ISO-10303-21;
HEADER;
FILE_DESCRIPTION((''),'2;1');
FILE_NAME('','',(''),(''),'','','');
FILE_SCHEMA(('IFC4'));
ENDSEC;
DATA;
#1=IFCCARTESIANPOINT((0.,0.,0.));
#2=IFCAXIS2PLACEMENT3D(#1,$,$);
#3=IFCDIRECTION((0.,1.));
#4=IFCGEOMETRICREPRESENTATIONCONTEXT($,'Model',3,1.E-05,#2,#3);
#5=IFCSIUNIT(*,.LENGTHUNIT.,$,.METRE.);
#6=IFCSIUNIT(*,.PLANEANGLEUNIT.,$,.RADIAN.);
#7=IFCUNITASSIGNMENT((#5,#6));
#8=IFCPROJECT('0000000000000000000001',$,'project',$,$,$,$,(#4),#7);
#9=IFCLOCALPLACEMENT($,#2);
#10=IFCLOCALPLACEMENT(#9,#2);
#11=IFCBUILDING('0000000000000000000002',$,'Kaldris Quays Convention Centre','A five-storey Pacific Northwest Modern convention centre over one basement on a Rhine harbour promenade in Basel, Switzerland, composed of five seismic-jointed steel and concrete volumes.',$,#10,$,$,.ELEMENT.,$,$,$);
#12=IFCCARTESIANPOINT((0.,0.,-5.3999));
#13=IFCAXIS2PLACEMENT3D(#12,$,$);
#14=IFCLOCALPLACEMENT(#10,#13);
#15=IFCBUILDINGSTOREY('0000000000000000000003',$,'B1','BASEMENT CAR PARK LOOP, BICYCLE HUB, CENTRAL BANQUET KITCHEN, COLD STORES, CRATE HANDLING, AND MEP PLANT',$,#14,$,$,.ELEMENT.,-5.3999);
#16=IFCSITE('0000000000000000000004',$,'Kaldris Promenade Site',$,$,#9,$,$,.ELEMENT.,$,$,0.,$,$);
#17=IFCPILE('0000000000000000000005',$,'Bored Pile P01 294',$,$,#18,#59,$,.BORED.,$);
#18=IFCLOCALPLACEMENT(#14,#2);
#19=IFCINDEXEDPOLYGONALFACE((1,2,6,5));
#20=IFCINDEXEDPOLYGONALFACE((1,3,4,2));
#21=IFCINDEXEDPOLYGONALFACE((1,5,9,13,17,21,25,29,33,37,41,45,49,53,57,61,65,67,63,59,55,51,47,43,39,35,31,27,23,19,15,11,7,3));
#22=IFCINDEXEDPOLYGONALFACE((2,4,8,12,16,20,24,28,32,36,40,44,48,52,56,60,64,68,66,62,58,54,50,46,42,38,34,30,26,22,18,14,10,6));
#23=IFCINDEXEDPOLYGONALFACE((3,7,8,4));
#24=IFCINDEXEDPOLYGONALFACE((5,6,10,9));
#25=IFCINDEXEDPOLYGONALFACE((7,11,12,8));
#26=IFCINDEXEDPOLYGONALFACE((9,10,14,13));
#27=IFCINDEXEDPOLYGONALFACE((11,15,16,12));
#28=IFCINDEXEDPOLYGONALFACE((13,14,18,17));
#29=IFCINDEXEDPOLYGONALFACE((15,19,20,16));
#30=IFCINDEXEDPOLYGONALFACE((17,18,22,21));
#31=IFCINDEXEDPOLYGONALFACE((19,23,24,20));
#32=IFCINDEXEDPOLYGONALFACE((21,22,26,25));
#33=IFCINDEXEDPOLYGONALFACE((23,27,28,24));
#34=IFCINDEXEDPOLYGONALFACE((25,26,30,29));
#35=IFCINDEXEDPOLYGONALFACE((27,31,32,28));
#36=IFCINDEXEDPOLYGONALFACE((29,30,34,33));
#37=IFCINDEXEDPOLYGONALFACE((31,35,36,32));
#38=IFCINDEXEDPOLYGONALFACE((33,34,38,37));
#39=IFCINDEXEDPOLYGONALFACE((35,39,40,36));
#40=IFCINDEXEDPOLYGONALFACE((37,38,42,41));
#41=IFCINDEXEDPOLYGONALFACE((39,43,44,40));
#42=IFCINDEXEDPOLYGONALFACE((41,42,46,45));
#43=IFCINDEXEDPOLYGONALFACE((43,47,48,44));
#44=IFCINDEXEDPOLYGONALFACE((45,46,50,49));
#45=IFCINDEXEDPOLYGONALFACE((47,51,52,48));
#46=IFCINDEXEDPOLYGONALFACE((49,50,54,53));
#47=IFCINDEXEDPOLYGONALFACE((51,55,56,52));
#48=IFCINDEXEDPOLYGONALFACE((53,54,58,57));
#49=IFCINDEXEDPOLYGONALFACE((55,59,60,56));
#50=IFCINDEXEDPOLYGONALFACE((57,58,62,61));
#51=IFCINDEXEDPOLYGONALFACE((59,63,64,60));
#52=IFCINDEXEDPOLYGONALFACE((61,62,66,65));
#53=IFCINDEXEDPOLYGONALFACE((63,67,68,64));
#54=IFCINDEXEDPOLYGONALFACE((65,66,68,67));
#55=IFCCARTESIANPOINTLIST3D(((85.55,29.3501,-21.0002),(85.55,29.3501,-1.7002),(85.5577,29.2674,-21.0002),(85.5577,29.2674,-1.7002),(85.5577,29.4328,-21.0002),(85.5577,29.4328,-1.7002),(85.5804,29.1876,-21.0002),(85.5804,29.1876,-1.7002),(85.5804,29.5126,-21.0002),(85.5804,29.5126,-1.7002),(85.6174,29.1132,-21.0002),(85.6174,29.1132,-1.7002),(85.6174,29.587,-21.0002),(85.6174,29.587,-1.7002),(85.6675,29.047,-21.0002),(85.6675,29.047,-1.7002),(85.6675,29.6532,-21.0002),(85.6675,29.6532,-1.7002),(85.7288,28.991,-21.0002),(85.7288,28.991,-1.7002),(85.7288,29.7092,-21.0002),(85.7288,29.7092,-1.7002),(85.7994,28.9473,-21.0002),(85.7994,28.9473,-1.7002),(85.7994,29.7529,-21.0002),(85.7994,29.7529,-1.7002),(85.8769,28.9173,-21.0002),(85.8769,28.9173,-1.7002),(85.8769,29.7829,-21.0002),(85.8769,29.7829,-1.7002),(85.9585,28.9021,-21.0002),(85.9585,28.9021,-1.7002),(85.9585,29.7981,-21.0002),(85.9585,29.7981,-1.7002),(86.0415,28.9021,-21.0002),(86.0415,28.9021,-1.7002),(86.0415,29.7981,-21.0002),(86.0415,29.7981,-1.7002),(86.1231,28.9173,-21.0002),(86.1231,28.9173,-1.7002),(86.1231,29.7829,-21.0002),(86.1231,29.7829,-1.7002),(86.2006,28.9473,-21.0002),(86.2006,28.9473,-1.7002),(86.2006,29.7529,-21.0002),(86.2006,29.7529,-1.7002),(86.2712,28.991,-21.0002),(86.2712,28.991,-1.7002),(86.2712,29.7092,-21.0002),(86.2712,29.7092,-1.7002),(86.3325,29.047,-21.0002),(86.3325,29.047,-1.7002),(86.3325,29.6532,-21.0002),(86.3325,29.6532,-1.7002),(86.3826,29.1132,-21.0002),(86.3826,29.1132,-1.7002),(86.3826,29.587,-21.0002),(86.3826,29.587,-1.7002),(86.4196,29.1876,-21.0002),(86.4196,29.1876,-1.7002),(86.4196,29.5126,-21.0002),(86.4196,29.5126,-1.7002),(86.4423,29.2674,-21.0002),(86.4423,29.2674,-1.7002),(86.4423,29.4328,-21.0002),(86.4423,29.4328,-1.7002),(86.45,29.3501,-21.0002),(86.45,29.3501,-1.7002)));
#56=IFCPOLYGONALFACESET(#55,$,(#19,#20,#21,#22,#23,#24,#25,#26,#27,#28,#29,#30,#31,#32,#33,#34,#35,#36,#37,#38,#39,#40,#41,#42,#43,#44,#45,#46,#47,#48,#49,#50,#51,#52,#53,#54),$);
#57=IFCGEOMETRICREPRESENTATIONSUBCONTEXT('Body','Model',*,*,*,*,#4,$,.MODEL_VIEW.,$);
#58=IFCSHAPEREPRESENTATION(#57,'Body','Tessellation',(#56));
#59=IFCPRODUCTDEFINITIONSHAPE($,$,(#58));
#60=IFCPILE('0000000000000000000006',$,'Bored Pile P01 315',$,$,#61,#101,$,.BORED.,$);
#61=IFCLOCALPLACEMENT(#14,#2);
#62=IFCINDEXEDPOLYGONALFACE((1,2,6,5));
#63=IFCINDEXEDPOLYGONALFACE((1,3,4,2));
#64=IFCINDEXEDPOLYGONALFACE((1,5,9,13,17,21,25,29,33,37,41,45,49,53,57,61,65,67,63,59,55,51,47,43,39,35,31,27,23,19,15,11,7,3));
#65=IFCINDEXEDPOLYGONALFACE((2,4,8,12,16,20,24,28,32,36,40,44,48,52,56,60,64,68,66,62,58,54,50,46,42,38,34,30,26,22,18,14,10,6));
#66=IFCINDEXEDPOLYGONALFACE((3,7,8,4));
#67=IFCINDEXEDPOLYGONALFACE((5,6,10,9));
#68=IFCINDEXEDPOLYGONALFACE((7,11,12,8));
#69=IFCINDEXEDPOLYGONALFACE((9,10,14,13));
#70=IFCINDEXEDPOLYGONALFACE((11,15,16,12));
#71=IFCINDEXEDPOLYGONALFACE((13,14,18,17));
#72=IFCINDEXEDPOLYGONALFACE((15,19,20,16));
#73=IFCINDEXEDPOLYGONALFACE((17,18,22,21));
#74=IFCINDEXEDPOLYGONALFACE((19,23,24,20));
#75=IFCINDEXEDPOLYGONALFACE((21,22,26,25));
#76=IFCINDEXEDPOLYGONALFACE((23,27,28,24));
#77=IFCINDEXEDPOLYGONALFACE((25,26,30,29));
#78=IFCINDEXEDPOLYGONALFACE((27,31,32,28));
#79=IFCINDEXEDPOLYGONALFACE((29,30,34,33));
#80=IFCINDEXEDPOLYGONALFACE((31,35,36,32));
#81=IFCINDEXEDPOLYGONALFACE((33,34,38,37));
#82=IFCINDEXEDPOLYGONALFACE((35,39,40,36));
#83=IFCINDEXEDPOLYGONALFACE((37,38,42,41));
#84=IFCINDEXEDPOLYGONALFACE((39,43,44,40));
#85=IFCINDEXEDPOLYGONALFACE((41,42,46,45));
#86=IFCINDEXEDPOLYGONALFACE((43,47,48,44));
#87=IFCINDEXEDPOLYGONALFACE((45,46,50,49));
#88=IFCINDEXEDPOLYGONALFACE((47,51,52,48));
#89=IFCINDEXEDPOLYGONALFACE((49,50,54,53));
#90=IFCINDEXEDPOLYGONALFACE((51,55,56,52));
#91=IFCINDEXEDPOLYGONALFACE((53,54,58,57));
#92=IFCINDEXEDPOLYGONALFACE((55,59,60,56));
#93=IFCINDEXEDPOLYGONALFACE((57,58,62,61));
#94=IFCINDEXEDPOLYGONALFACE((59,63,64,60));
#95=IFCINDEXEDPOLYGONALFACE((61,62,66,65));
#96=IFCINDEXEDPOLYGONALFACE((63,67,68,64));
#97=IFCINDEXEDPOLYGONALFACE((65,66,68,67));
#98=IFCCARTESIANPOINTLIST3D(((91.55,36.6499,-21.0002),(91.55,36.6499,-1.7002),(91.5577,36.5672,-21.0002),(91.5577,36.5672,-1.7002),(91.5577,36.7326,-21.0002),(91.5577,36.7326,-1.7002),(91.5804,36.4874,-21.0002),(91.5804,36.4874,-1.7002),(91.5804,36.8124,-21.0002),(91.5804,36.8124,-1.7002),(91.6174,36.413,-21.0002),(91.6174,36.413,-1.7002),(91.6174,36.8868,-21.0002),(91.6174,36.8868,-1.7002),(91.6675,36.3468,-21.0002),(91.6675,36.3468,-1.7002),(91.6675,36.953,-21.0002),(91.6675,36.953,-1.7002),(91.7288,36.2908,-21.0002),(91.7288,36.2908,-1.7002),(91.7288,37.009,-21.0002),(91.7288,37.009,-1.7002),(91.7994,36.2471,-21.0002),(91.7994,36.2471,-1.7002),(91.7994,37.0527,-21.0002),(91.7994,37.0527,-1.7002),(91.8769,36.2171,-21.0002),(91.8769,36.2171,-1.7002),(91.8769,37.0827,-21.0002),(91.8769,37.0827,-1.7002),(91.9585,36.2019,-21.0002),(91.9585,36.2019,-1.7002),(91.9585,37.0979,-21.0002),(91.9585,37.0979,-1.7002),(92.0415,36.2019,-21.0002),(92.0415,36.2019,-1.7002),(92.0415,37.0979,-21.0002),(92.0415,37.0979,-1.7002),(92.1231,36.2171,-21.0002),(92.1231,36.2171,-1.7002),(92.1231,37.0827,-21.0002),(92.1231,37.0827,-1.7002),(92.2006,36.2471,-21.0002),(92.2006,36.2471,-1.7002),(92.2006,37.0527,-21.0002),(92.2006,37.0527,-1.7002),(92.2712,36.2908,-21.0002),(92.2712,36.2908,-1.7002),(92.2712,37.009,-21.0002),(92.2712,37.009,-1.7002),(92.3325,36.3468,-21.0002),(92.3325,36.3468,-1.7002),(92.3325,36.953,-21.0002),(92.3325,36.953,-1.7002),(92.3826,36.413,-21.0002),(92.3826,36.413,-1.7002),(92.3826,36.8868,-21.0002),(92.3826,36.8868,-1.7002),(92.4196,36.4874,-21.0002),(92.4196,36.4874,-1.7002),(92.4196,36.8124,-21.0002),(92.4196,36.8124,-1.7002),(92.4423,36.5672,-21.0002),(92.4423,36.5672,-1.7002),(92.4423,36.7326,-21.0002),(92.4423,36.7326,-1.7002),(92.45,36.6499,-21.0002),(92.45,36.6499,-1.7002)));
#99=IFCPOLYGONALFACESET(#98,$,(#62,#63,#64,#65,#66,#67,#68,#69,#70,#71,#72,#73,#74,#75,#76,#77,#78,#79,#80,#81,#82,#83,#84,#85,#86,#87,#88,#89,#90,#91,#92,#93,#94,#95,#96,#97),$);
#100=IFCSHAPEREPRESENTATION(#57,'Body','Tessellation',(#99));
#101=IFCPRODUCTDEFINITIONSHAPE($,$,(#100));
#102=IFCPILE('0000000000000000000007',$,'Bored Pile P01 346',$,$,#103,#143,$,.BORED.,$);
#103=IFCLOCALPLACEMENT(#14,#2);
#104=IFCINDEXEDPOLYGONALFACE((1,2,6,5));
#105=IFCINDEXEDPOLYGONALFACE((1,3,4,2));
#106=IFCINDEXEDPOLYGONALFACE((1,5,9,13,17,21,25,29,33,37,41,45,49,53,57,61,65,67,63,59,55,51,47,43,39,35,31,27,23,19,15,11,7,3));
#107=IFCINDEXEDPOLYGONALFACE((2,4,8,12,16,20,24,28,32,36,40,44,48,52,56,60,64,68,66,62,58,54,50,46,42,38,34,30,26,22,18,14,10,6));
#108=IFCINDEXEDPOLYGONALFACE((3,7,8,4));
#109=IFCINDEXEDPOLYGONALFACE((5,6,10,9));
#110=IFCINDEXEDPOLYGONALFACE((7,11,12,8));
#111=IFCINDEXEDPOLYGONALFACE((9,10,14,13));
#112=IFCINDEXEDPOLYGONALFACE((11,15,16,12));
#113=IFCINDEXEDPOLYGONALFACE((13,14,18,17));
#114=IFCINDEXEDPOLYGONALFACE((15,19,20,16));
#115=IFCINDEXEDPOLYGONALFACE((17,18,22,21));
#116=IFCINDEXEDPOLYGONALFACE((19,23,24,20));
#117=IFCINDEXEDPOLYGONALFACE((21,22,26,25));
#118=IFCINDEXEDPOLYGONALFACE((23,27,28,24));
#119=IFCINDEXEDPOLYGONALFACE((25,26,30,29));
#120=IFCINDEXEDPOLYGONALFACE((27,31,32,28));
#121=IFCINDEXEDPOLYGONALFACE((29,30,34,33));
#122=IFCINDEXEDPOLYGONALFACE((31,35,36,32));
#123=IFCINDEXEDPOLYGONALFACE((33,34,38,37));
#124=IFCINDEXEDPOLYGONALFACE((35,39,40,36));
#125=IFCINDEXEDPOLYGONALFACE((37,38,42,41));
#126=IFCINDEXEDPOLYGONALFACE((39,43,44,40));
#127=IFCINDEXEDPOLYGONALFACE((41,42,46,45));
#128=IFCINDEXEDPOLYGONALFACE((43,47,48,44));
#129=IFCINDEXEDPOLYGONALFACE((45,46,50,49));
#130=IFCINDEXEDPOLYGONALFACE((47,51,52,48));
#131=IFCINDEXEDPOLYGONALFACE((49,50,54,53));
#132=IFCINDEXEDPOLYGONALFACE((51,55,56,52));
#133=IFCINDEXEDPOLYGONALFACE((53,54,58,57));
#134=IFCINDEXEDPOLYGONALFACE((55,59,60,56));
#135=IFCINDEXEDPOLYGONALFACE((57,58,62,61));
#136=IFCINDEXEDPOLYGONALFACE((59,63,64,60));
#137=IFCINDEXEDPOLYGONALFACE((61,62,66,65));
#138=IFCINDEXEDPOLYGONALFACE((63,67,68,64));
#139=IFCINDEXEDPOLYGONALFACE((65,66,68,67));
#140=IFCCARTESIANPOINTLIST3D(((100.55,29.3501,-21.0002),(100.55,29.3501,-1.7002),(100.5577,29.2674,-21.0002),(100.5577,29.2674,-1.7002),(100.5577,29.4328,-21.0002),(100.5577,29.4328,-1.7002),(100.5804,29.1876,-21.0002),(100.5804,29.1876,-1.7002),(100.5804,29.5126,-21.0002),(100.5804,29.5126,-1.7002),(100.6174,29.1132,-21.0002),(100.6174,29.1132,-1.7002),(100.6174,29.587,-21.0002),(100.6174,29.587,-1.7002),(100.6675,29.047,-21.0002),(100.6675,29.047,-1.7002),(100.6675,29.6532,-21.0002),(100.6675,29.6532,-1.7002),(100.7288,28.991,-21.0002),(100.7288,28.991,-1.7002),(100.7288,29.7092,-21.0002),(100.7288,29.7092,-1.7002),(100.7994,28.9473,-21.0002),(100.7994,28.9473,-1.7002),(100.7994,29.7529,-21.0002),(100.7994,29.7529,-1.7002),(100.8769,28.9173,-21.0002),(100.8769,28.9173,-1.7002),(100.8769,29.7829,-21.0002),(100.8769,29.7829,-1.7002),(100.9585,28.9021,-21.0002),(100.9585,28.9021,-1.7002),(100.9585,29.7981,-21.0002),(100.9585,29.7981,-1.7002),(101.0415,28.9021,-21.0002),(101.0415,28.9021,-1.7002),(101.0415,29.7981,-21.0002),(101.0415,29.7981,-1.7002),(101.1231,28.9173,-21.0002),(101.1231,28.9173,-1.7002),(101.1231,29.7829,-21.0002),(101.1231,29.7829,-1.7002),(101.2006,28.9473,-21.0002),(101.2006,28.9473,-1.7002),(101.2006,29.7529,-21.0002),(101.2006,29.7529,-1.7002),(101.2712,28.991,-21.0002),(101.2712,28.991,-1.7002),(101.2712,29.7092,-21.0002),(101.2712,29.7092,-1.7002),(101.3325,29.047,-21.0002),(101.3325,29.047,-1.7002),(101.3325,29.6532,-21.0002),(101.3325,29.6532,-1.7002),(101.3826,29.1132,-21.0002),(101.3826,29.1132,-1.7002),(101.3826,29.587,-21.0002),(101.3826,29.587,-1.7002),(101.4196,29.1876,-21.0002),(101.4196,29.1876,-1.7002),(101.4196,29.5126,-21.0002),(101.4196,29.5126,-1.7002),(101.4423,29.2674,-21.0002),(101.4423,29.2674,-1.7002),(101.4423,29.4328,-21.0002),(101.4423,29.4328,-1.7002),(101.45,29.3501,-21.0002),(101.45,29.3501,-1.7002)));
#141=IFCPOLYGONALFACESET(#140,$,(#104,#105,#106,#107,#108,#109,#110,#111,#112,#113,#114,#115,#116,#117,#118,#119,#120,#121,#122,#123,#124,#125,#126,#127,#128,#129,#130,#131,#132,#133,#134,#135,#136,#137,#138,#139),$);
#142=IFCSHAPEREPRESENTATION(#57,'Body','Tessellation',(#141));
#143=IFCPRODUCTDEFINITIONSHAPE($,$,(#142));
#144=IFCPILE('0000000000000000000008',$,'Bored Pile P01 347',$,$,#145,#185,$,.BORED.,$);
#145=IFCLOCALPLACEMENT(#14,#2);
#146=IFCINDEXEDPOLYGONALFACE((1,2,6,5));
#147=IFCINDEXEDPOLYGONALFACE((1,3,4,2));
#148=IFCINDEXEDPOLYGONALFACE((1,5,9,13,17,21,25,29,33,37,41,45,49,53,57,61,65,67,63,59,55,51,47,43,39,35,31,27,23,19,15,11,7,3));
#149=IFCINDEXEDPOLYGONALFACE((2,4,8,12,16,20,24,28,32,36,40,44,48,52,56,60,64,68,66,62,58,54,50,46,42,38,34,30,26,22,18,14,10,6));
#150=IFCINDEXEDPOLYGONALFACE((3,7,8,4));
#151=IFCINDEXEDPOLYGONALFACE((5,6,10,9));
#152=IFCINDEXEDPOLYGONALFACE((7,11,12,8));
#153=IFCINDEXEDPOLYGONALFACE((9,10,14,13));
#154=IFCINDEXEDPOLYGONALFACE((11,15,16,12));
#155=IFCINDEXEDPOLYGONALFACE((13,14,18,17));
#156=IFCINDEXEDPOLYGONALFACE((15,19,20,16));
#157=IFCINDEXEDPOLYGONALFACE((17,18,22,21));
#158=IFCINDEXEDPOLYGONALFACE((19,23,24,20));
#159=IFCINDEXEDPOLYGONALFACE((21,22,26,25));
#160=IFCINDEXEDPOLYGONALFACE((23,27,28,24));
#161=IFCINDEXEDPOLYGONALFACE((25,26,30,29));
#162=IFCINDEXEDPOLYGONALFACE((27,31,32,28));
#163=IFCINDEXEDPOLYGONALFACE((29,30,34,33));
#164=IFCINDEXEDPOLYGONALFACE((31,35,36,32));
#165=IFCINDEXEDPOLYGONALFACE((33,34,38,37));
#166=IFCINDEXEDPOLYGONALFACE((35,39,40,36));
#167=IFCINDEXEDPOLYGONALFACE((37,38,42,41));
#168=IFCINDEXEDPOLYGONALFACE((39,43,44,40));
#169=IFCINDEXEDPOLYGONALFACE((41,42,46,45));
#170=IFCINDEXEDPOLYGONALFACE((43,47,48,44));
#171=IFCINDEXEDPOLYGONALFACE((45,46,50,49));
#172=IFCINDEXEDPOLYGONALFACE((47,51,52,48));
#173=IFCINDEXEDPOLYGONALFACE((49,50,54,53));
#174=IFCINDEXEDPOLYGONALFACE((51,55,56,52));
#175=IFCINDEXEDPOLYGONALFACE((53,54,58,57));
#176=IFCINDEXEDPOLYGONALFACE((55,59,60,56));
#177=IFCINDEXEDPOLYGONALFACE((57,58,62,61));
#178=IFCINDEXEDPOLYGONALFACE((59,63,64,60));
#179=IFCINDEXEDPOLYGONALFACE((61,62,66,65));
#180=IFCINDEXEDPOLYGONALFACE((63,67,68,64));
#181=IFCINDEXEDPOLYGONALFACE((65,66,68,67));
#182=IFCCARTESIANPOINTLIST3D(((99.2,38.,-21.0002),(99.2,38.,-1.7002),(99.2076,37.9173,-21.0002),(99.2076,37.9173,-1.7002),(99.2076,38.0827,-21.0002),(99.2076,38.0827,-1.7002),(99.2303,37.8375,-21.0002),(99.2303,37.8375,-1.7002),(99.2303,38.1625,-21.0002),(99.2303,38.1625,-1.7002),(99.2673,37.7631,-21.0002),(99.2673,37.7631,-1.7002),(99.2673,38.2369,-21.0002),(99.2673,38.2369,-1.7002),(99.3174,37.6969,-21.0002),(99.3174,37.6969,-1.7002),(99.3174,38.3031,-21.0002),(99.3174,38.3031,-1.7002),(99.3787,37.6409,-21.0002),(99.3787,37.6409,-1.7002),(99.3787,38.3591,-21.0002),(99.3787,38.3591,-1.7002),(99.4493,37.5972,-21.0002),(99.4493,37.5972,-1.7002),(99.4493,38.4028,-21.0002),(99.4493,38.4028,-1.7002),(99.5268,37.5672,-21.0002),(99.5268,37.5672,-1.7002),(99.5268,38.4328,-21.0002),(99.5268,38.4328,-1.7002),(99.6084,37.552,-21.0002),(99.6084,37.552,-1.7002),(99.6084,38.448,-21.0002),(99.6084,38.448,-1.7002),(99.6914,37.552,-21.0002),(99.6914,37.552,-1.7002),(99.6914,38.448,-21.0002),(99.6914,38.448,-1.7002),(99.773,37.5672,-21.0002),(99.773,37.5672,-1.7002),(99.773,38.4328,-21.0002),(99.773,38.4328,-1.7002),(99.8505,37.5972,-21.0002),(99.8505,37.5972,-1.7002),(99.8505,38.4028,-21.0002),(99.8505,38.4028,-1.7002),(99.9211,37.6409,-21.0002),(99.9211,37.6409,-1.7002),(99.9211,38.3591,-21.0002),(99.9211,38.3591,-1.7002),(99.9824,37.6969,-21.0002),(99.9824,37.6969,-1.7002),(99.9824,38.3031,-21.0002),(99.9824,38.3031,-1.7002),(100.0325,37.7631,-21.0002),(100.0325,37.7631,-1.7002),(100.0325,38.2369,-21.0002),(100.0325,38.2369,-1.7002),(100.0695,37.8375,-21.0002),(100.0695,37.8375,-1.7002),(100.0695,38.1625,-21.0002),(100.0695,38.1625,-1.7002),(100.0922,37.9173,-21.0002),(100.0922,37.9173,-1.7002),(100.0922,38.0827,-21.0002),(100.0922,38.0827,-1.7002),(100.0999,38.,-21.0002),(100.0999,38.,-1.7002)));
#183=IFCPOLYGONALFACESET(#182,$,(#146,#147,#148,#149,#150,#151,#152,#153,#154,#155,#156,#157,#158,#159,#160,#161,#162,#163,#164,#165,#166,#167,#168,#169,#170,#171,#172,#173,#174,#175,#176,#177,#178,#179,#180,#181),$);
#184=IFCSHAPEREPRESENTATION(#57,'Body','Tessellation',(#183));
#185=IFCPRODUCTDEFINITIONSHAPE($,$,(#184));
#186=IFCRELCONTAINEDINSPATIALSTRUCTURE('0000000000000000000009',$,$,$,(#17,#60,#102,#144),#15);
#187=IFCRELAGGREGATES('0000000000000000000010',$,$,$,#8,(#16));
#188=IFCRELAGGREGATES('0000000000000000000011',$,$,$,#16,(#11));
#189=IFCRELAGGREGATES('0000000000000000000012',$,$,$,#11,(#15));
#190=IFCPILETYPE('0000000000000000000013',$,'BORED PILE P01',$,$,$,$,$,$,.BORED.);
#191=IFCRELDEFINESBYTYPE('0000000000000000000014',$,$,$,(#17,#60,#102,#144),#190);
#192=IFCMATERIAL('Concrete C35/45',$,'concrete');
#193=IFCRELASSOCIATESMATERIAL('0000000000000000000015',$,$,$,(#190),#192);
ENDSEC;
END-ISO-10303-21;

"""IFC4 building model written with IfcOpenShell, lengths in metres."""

from ifc_helpers import new_model, si_unit, direction, frame, origin, origin_2d, place, context, subcontext, project, spatial, circle, extrude, material, material_profile, profile_set, type_object, element, save


model = new_model("IFC4")

# Units and contexts
model_context = context("Model", 3, precision=1e-05, world=origin(), true_north=direction((0.0, 1.0)))
body_context = subcontext(model_context, "Body", "Model", "MODEL_VIEW")
ifc_project = project(units=[si_unit("LENGTHUNIT", "METRE"), si_unit("PLANEANGLEUNIT", "RADIAN")], contexts=[model_context])

# Site, building, storey
site_placement = place(None, origin())
site = spatial("IfcSite", under=ifc_project, at=site_placement, Name="Kaldris Promenade Site", CompositionType="ELEMENT", RefElevation=0.0)
building_placement = place(site_placement, origin())
building = spatial("IfcBuilding", under=site, at=building_placement, Name="Kaldris Quays Convention Centre", Description="A five-storey Pacific Northwest Modern convention centre over one basement on a Rhine harbour promenade in Basel, Switzerland, composed of five seismic-jointed steel and concrete volumes.", CompositionType="ELEMENT")
storey_placement = place(building_placement, frame((0.0, 0.0, -5.3999)))
storey = spatial("IfcBuildingStorey", under=building, at=storey_placement, Name="B1", Description="BASEMENT CAR PARK LOOP, BICYCLE HUB, CENTRAL BANQUET KITCHEN, COLD STORES, CRATE HANDLING, AND MEP PLANT", CompositionType="ELEMENT", Elevation=-5.3999)

# Piles
ifc_material_1 = material(Name="Concrete C35/45", Category="concrete")
ifc_material_profile_1 = material_profile(ifc_material_1, circle(Radius=0.45, at=origin_2d()), Name="BORED PILE D900")
ifc_profile_set_1 = profile_set([ifc_material_profile_1], Name="Concrete C35/45")
pile_type = type_object("IfcPileType", Name="BORED PILE P01", PredefinedType="BORED", material=ifc_profile_set_1)
for number, where, z_axis, x_axis, name in (
    (1, (86.0, 29.3501, -1.7002), (0.0, 0.0, -1.0), (1.0, 0.0, 0.0), "Bored Pile P01 294"),
    (2, (92.0, 36.6499, -1.7002), (0.0, 0.0, -1.0), (1.0, 0.0, 0.0), "Bored Pile P01 315"),
    (3, (101.0, 29.3501, -1.7002), (0.0, 0.0, -1.0), (1.0, 0.0, 0.0), "Bored Pile P01 346"),
    (4, (99.6499, 38.0, -1.7002), (0.0, 0.0, -1.0), (1.0, 0.0, 0.0), "Bored Pile P01 347"),
):
    element("IfcPile", number, at=place(storey_placement, frame(where, z_axis=z_axis, x_axis=x_axis)), inside=storey, type_object=pile_type, Name=name, PredefinedType="BORED", context=body_context, shape_type="SweptSolid", body=[
        extrude(circle(Radius=0.45, at=origin_2d()), origin(), (0.0, 0.0, 1.0), 19.3),
    ])

save(model, "model.ifc")
